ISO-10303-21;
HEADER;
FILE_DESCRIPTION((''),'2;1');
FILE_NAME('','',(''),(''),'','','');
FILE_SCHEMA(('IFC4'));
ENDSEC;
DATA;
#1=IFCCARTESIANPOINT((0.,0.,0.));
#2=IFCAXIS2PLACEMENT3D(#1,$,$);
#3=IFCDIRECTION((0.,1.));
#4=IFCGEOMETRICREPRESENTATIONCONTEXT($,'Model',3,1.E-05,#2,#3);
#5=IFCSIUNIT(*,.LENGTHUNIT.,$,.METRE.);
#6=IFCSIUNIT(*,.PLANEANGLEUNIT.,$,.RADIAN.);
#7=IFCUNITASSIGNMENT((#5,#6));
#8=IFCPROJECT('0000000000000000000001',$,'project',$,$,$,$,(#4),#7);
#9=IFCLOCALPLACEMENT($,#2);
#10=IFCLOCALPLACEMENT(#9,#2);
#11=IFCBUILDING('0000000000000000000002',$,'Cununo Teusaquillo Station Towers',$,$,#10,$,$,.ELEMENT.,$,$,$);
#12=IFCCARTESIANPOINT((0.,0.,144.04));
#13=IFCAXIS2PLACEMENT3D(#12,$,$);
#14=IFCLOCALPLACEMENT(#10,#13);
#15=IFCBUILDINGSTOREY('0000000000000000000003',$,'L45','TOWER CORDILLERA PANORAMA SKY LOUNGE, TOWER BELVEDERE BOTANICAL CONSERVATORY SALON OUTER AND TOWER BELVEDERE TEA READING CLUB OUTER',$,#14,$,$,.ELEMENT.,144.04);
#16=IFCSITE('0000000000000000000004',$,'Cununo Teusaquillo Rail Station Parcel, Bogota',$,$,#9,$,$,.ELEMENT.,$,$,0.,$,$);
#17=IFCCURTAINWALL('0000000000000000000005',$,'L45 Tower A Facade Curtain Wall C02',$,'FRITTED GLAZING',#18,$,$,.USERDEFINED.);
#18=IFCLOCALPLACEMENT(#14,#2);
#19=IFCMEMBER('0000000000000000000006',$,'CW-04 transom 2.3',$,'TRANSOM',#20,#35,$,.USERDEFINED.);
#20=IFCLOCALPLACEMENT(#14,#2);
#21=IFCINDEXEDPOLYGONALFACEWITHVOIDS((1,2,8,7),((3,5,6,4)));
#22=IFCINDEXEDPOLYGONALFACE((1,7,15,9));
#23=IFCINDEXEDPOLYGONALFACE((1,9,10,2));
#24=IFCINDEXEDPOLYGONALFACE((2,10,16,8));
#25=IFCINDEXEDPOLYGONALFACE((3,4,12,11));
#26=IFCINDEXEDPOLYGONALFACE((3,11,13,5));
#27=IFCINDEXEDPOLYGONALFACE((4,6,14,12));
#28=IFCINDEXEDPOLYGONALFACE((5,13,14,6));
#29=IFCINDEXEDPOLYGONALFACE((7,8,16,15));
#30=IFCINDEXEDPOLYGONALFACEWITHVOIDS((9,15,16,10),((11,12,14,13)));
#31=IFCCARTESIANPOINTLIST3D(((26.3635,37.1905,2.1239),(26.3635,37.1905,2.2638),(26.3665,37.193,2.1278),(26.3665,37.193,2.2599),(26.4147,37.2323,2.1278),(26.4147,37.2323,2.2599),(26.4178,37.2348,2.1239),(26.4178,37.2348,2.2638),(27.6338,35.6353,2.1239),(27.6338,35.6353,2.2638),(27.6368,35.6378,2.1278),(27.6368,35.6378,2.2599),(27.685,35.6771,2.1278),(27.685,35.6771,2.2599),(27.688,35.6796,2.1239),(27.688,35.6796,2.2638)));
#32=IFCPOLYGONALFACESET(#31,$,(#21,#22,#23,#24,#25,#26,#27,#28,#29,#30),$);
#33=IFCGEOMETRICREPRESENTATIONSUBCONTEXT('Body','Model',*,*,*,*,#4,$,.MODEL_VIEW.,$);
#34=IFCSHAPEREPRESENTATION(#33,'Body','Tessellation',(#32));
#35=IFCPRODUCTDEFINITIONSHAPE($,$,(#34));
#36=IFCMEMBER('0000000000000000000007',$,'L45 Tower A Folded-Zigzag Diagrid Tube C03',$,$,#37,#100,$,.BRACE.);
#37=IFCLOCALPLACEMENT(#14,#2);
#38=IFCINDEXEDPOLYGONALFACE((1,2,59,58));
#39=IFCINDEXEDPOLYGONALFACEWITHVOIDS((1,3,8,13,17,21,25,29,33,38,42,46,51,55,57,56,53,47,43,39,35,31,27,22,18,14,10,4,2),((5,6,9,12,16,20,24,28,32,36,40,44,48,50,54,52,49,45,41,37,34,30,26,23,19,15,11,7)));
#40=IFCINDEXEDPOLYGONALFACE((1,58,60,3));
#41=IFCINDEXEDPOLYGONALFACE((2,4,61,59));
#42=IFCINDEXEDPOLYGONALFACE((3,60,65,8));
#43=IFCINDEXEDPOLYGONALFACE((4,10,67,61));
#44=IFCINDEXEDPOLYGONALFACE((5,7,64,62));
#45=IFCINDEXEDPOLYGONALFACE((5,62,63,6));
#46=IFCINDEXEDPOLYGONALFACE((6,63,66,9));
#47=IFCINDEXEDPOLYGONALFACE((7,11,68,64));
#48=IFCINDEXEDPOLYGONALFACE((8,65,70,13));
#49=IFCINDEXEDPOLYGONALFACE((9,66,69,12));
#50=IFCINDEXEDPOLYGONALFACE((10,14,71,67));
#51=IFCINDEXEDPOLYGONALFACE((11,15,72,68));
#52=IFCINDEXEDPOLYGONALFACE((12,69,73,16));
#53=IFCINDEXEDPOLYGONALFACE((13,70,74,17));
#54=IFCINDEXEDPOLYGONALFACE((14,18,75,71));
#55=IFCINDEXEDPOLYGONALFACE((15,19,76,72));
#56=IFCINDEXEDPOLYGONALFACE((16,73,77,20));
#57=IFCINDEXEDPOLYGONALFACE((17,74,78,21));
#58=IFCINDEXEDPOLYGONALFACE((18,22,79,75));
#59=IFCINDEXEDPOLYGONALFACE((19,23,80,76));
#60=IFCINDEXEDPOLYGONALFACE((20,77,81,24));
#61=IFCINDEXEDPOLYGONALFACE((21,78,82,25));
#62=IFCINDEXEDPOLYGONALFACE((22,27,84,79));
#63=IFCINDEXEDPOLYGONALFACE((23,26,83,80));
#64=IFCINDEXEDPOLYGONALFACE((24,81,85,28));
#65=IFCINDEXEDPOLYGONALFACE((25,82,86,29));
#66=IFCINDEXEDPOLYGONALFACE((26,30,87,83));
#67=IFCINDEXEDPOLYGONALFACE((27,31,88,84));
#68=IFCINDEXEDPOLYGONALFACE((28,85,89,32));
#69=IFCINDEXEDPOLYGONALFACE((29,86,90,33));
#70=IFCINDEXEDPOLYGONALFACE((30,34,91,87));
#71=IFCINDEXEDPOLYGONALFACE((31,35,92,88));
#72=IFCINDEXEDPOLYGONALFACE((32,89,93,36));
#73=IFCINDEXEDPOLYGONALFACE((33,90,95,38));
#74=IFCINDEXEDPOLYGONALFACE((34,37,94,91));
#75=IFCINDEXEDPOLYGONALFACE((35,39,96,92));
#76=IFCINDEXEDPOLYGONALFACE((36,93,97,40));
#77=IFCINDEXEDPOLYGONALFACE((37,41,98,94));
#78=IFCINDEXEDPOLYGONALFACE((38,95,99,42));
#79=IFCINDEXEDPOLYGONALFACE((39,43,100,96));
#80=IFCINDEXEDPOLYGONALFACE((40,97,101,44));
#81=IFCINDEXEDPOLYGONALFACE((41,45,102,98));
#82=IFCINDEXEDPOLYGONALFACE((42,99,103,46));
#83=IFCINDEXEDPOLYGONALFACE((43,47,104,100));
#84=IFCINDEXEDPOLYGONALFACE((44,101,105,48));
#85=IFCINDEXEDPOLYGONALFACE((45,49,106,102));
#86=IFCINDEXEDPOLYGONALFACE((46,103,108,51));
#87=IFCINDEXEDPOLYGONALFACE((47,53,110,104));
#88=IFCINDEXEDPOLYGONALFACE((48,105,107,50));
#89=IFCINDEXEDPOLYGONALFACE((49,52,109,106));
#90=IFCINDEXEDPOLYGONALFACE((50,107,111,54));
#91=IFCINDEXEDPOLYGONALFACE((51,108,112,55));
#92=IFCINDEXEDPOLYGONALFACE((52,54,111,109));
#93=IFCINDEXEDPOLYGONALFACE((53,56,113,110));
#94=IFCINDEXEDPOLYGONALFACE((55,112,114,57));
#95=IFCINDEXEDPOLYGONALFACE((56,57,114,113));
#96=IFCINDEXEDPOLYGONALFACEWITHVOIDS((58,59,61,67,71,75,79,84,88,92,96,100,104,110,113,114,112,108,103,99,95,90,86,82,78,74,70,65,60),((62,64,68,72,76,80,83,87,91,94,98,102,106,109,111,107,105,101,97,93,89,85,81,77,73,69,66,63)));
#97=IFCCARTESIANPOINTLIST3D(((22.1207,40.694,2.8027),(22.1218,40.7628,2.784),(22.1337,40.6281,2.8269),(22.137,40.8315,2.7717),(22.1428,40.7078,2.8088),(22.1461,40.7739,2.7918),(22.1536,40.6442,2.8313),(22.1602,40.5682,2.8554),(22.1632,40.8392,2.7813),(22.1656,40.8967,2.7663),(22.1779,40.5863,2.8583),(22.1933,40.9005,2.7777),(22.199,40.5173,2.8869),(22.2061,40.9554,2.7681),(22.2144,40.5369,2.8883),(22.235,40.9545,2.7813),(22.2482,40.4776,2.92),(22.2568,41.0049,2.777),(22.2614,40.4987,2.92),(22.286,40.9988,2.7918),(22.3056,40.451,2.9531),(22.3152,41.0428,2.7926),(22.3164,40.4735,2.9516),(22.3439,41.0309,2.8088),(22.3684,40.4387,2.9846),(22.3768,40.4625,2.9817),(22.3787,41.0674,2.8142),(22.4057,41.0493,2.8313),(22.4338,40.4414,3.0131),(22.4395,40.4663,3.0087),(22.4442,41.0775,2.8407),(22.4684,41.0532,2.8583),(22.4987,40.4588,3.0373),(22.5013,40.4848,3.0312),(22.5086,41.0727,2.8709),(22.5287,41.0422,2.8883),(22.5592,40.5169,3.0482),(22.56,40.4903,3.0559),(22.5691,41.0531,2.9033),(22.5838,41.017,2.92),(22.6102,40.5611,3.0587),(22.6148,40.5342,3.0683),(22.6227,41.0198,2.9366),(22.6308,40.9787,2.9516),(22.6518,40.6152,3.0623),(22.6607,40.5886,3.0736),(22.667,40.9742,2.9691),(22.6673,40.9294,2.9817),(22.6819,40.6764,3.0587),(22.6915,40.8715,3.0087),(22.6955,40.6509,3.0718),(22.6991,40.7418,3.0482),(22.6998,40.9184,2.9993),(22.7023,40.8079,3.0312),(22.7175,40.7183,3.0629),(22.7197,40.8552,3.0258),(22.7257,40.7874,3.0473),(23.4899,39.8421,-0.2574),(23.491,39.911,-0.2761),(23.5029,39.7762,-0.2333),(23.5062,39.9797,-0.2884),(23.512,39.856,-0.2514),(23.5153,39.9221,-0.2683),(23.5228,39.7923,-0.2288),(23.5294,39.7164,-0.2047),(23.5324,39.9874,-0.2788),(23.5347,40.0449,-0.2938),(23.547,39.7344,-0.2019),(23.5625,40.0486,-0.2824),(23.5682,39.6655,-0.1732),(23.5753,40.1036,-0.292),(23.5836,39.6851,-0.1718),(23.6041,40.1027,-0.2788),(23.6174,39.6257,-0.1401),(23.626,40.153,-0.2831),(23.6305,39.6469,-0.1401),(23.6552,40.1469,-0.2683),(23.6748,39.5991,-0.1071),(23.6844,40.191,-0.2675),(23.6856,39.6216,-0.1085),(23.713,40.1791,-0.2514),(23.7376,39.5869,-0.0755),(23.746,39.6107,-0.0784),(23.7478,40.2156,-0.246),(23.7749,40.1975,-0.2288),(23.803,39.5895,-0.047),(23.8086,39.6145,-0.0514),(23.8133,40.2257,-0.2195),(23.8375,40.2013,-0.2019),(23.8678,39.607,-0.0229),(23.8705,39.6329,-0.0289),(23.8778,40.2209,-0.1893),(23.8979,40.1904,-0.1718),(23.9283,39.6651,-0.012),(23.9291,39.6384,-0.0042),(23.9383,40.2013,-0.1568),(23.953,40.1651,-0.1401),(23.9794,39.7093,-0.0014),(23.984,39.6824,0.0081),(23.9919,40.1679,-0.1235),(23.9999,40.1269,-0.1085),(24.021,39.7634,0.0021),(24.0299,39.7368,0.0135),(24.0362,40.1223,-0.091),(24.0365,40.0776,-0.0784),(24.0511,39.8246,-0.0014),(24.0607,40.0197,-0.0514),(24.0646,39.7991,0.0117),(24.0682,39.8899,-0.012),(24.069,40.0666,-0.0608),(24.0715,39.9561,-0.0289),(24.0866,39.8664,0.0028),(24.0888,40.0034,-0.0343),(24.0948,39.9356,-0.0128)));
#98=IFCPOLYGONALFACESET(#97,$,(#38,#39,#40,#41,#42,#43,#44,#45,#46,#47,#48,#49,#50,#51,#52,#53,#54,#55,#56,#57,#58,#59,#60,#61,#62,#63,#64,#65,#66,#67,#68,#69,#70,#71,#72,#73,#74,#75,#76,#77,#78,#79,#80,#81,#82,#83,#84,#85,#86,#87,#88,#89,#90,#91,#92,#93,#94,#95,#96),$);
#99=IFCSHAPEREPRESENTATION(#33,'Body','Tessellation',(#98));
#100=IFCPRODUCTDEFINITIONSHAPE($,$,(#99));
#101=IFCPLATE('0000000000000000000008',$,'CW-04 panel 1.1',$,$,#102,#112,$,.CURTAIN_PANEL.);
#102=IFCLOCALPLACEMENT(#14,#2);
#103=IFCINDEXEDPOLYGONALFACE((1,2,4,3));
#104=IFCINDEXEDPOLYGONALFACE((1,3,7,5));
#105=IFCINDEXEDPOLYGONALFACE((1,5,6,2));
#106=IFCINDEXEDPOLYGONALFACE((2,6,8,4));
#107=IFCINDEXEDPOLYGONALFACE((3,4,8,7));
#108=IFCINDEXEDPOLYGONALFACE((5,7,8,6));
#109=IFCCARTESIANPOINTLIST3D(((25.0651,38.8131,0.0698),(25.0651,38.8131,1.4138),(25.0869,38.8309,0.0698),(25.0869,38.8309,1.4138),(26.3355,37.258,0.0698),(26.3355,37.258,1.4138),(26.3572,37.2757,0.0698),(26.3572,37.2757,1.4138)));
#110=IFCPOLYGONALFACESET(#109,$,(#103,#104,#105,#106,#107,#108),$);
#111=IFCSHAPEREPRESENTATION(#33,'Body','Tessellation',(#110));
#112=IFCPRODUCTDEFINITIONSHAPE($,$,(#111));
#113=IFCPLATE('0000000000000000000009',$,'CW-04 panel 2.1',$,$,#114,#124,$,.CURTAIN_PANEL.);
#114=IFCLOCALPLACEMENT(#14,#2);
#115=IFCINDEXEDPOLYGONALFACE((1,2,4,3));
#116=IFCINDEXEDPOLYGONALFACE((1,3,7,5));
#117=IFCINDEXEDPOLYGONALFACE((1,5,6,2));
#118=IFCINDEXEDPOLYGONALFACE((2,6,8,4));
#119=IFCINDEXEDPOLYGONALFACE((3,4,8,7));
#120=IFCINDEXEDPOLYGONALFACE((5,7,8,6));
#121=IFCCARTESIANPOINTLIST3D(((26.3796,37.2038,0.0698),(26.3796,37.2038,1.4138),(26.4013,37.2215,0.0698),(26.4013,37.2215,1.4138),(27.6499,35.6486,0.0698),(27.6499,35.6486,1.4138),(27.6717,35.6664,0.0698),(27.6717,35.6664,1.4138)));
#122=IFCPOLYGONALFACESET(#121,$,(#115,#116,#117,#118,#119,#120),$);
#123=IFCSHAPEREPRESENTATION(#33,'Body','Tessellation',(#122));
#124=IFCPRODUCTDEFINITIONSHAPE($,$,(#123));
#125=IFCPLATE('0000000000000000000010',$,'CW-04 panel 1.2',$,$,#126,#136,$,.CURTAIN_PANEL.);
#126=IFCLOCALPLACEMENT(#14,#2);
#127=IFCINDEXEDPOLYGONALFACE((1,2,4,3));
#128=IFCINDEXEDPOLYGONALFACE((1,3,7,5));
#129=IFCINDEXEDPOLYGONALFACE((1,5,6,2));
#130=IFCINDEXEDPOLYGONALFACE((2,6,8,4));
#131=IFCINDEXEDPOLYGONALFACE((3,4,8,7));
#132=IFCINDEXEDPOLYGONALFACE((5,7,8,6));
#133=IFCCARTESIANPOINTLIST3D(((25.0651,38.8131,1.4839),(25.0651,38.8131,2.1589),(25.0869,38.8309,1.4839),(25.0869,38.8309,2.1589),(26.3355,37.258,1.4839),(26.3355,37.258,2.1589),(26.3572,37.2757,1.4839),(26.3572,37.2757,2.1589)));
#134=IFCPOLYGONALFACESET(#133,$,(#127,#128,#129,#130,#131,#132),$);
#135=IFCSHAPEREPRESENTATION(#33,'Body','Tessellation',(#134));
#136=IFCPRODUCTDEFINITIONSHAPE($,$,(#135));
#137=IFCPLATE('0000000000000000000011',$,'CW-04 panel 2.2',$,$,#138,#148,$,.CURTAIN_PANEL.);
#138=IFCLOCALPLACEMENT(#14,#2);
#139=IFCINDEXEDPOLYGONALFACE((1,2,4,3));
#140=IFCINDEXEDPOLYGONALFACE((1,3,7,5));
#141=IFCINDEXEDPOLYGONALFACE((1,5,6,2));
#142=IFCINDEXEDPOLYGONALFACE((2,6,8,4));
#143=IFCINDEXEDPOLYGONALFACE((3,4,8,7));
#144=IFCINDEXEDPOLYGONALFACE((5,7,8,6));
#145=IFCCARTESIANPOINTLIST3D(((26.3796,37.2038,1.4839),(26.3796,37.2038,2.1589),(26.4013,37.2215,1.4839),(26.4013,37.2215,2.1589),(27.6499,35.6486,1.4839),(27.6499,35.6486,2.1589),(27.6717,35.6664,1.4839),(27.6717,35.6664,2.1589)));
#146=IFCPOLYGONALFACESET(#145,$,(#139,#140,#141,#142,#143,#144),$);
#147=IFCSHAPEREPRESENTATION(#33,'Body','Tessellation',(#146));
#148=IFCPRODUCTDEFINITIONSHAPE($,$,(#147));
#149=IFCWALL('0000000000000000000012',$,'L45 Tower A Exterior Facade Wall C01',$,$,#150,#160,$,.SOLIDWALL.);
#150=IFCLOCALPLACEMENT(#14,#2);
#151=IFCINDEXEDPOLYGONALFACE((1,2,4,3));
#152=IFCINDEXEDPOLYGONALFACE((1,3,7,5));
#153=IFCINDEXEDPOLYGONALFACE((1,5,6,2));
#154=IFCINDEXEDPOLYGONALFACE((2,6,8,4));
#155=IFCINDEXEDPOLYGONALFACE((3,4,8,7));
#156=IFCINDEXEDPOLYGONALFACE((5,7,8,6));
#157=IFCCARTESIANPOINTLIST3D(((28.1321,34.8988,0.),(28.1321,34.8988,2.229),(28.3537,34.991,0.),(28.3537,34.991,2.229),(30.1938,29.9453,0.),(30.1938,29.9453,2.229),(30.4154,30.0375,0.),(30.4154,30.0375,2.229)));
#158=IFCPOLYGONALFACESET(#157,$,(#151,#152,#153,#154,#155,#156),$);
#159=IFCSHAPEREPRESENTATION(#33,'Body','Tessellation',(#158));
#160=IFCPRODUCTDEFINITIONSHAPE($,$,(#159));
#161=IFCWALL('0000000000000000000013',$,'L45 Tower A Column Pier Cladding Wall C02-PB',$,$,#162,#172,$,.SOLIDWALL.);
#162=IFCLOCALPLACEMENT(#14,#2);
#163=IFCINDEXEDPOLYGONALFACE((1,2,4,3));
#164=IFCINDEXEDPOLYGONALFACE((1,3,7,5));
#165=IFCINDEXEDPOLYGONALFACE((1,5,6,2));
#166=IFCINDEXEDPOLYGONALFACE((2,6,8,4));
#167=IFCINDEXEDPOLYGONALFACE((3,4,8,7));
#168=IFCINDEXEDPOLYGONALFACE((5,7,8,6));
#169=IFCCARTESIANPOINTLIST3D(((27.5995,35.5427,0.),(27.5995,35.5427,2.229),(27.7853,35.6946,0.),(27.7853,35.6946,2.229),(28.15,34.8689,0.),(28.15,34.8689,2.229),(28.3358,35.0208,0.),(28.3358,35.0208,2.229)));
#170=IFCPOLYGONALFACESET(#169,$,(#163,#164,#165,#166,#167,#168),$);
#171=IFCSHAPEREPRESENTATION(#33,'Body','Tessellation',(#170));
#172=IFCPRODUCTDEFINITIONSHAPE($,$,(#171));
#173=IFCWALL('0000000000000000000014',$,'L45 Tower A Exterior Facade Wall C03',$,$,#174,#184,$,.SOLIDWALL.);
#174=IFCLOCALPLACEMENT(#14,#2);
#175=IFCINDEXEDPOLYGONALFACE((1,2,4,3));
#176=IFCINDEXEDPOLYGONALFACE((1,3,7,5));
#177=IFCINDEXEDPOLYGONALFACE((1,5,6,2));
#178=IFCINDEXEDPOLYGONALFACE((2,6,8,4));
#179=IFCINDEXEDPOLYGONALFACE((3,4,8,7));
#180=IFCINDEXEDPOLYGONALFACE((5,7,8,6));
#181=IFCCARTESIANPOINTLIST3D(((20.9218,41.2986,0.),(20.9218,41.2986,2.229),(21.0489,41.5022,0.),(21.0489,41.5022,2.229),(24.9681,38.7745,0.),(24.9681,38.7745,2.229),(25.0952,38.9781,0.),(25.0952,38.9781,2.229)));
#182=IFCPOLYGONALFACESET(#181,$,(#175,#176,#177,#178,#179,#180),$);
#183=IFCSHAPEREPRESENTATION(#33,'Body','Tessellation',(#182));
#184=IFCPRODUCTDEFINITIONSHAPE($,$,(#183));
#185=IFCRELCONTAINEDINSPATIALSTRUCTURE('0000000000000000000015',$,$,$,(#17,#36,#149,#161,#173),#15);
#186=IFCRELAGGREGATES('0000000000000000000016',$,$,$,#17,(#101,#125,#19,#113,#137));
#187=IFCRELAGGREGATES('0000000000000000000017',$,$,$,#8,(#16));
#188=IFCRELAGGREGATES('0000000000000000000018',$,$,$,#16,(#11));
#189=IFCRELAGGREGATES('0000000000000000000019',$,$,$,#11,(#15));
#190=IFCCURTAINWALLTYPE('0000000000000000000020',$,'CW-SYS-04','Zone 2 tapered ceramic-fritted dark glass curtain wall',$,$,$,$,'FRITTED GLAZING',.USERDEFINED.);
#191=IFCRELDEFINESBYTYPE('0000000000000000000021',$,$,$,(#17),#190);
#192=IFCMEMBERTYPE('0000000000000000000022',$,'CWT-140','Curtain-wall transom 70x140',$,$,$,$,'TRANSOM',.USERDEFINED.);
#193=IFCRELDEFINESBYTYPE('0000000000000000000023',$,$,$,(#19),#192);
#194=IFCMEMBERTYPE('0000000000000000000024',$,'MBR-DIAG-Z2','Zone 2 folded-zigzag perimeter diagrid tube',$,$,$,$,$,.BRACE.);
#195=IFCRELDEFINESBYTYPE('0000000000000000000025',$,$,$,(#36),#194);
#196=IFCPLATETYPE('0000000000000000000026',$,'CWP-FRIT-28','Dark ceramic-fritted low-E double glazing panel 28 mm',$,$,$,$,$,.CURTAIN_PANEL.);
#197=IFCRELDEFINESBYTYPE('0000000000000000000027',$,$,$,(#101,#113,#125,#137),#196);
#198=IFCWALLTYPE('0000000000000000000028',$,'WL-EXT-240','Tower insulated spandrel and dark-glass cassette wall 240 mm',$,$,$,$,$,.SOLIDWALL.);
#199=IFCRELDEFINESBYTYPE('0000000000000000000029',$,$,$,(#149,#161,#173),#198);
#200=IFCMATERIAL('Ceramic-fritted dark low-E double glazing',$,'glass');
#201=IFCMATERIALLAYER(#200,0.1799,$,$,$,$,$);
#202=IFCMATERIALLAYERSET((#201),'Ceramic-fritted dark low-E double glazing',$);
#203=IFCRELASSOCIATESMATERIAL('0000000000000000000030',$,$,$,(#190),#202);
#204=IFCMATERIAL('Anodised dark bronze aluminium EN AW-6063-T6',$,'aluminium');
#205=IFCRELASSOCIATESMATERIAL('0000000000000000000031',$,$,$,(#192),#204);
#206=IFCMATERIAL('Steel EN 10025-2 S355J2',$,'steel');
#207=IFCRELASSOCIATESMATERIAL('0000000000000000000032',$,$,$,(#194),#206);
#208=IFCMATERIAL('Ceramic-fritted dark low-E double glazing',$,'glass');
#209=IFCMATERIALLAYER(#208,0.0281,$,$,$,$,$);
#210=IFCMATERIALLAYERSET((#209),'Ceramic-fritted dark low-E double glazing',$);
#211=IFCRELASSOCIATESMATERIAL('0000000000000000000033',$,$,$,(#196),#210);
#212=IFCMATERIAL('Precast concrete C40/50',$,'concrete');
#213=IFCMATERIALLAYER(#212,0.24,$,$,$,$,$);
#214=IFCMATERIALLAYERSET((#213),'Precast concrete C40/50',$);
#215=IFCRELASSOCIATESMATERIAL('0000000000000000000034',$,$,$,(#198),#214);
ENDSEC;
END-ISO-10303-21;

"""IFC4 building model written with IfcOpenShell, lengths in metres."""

from ifc_helpers import new_model, si_unit, direction, frame, frame_2d, origin, origin_2d, place, context, subcontext, project, spatial, rectangle, hollow_rectangle, hollow_circle, extrude, source, transform, mapped, material, layer, layer_set, material_profile, profile_set, type_object, element, aggregate, save


model = new_model("IFC4")

# Units and contexts
model_context = context("Model", 3, precision=1e-05, world=origin(), true_north=direction((0.0, 1.0)))
body_context = subcontext(model_context, "Body", "Model", "MODEL_VIEW")
ifc_project = project(units=[si_unit("LENGTHUNIT", "METRE"), si_unit("PLANEANGLEUNIT", "RADIAN")], contexts=[model_context])

# Site, building, storey
site_placement = place(None, origin())
site = spatial("IfcSite", under=ifc_project, at=site_placement, Name="Cununo Teusaquillo Rail Station Parcel, Bogota", CompositionType="ELEMENT", RefElevation=0.0)
building_placement = place(site_placement, origin())
building = spatial("IfcBuilding", under=site, at=building_placement, Name="Cununo Teusaquillo Station Towers", CompositionType="ELEMENT")
storey_placement = place(building_placement, frame((0.0, 0.0, 144.04)))
storey = spatial("IfcBuildingStorey", under=building, at=storey_placement, Name="L45", Description="TOWER CORDILLERA PANORAMA SKY LOUNGE, TOWER BELVEDERE BOTANICAL CONSERVATORY SALON OUTER AND TOWER BELVEDERE TEA READING CLUB OUTER", CompositionType="ELEMENT", Elevation=144.04)

# Curtain wall, member
ifc_material_1 = material(Name="Ceramic-fritted dark low-E double glazing", Category="glass")
ifc_layer_1 = layer(ifc_material_1, 0.1799)
ifc_layer_set_1 = layer_set([ifc_layer_1], Name="Ceramic-fritted dark low-E double glazing")
curtain_wall_type = type_object("IfcCurtainWallType", Name="CW-SYS-04", Description="Zone 2 tapered ceramic-fritted dark glass curtain wall", ElementType="FRITTED GLAZING", PredefinedType="USERDEFINED", material=ifc_layer_set_1)
curtain_wall_placement = place(storey_placement, origin())
curtain_wall = element("IfcCurtainWall", 1, at=curtain_wall_placement, inside=storey, type_object=curtain_wall_type, Name="L45 Tower A Facade Curtain Wall C02", ObjectType="FRITTED GLAZING", PredefinedType="USERDEFINED")
ifc_material_2 = material(Name="Anodised dark bronze aluminium EN AW-6063-T6", Category="aluminium")
ifc_material_profile_1 = material_profile(ifc_material_2, hollow_rectangle(XDim=0.0701, YDim=0.1399, WallThickness=0.0039, at=origin_2d()), Name="CW-TRAN-70x140")
ifc_profile_set_1 = profile_set([ifc_material_profile_1], Name="Anodised dark bronze aluminium EN AW-6063-T6")
member_type_1 = type_object("IfcMemberType", Name="CWT-140", Description="Curtain-wall transom 70x140", ElementType="TRANSOM", PredefinedType="USERDEFINED", material=ifc_profile_set_1)
member_1_placement = place(storey_placement, frame((26.3906, 37.2126, 2.1938), z_axis=(0.632595, -0.774482, 0.0), x_axis=(0.774482, 0.632595, 0.0)))
member_1 = element("IfcMember", 2, at=member_1_placement, type_object=member_type_1, Name="CW-04 transom 2.3", ObjectType="TRANSOM", PredefinedType="USERDEFINED", context=body_context, shape_type="SweptSolid", body=[
    extrude(hollow_rectangle(XDim=0.0701, YDim=0.1399, WallThickness=0.0039, at=origin_2d()), origin(), (0.0, 0.0, 1.0), 2.0081),
])

# Member
ifc_material_3 = material(Name="Steel EN 10025-2 S355J2", Category="steel")
ifc_material_profile_2 = material_profile(ifc_material_3, hollow_circle(Radius=0.3301, WallThickness=0.0249, at=origin_2d()), Name="CHS 660x25")
ifc_profile_set_2 = profile_set([ifc_material_profile_2], Name="Steel EN 10025-2 S355J2")
member_type_2 = type_object("IfcMemberType", Name="MBR-DIAG-Z2", Description="Zone 2 folded-zigzag perimeter diagrid tube", PredefinedType="BRACE", material=ifc_profile_set_2)
member_2_placement = place(storey_placement, frame((23.7917, 39.906, -0.1401), z_axis=(-0.39583, 0.246264, 0.884688), x_axis=(-0.528256, -0.849085, 0.0)))
element("IfcMember", 3, at=member_2_placement, inside=storey, type_object=member_type_2, Name="L45 Tower A Folded-Zigzag Diagrid Tube C03", PredefinedType="BRACE", context=body_context, shape_type="SweptSolid", body=[
    extrude(hollow_circle(Radius=0.3301, WallThickness=0.0249, at=origin_2d()), origin(), (0.0, 0.0, 1.0), 3.459),
])

# Plates
ifc_material_4 = material(Name="Ceramic-fritted dark low-E double glazing", Category="glass")
ifc_layer_2 = layer(ifc_material_4, 0.0281)
ifc_layer_set_2 = layer_set([ifc_layer_2], Name="Ceramic-fritted dark low-E double glazing")
plate_type = type_object("IfcPlateType", Name="CWP-FRIT-28", Description="Dark ceramic-fritted low-E double glazing panel 28 mm", PredefinedType="CURTAIN_PANEL", material=ifc_layer_set_2)
shared_shape_1 = source(origin(), body_context, "Body", "SweptSolid", [
    extrude(rectangle(XDim=2.0081, YDim=0.0281, at=origin_2d()), origin(), (0.0, 0.0, 1.0), 1.344),
])
plate_1_placement = place(storey_placement, frame((25.7112, 38.0444, 0.0698), z_axis=(0.0, 0.0, 1.0), x_axis=(0.632613, -0.774468, 0.0)))
plate_1 = element("IfcPlate", 4, at=plate_1_placement, type_object=plate_type, Name="CW-04 panel 1.1", PredefinedType="CURTAIN_PANEL", context=body_context, shape_type="MappedRepresentation", body=[
    mapped(shared_shape_1, transform((0.0, 0.0, 0.0), x_axis=(1.0, 0.0, 0.0), y_axis=(0.0, 1.0, 0.0), z_axis=(0.0, 0.0, 1.0), scale=1.0)),
])
plate_2_placement = place(storey_placement, frame((27.0256, 36.4351, 0.0698), z_axis=(0.0, 0.0, 1.0), x_axis=(0.632613, -0.774468, 0.0)))
plate_2 = element("IfcPlate", 5, at=plate_2_placement, type_object=plate_type, Name="CW-04 panel 2.1", PredefinedType="CURTAIN_PANEL", context=body_context, shape_type="MappedRepresentation", body=[
    mapped(shared_shape_1, transform((0.0, 0.0, 0.0), x_axis=(1.0, 0.0, 0.0), y_axis=(0.0, 1.0, 0.0), z_axis=(0.0, 0.0, 1.0), scale=1.0)),
])
shared_shape_2 = source(origin(), body_context, "Body", "SweptSolid", [
    extrude(rectangle(XDim=2.0081, YDim=0.0281, at=origin_2d()), origin(), (0.0, 0.0, 1.0), 0.675),
])
plate_3_placement = place(storey_placement, frame((25.7112, 38.0444, 1.4839), z_axis=(0.0, 0.0, 1.0), x_axis=(0.632613, -0.774468, 0.0)))
plate_3 = element("IfcPlate", 6, at=plate_3_placement, type_object=plate_type, Name="CW-04 panel 1.2", PredefinedType="CURTAIN_PANEL", context=body_context, shape_type="MappedRepresentation", body=[
    mapped(shared_shape_2, transform((0.0, 0.0, 0.0), x_axis=(1.0, 0.0, 0.0), y_axis=(0.0, 1.0, 0.0), z_axis=(0.0, 0.0, 1.0), scale=1.0)),
])
plate_4_placement = place(storey_placement, frame((27.0256, 36.4351, 1.4839), z_axis=(0.0, 0.0, 1.0), x_axis=(0.632613, -0.774468, 0.0)))
plate_4 = element("IfcPlate", 7, at=plate_4_placement, type_object=plate_type, Name="CW-04 panel 2.2", PredefinedType="CURTAIN_PANEL", context=body_context, shape_type="MappedRepresentation", body=[
    mapped(shared_shape_2, transform((0.0, 0.0, 0.0), x_axis=(1.0, 0.0, 0.0), y_axis=(0.0, 1.0, 0.0), z_axis=(0.0, 0.0, 1.0), scale=1.0)),
])
aggregate(curtain_wall, [plate_1, plate_3, member_1, plate_2, plate_4])

# Walls
ifc_material_5 = material(Name="Precast concrete C40/50", Category="concrete")
ifc_layer_3 = layer(ifc_material_5, 0.24)
ifc_layer_set_3 = layer_set([ifc_layer_3], Name="Precast concrete C40/50")
wall_type_1 = type_object("IfcWallType", Name="WL-EXT-240", Description="Tower insulated spandrel and dark-glass cassette wall 240 mm", PredefinedType="SOLIDWALL", material=ifc_layer_set_3)
wall_1_placement = place(storey_placement, frame((28.2429, 34.9448, 0.0), z_axis=(0.0, 0.0, 1.0), x_axis=(0.38426, -0.923225, 0.0)))
element("IfcWall", 8, at=wall_1_placement, inside=storey, type_object=wall_type_1, Name="L45 Tower A Exterior Facade Wall C01", PredefinedType="SOLIDWALL", context=body_context, shape_type="SweptSolid", body=[
    extrude(rectangle(XDim=5.3655, YDim=0.24, at=frame_2d((2.6826, 0.0))), origin(), (0.0, 0.0, 1.0), 2.229),
])
wall_2_placement = place(storey_placement, frame((27.6924, 35.6187, 0.0), z_axis=(0.0, 0.0, 1.0), x_axis=(0.632703, -0.774395, 0.0)))
element("IfcWall", 9, at=wall_2_placement, inside=storey, type_object=wall_type_1, Name="L45 Tower A Column Pier Cladding Wall C02-PB", PredefinedType="SOLIDWALL", context=body_context, shape_type="SweptSolid", body=[
    extrude(rectangle(XDim=0.8701, YDim=0.24, at=frame_2d((0.4351, 0.0))), origin(), (0.0, 0.0, 1.0), 2.229),
])
wall_3_placement = place(storey_placement, frame((20.9854, 41.4004, 0.0), z_axis=(0.0, 0.0, 1.0), x_axis=(0.848452, -0.529272, 0.0)))
element("IfcWall", 10, at=wall_3_placement, inside=storey, type_object=wall_type_1, Name="L45 Tower A Exterior Facade Wall C03", PredefinedType="SOLIDWALL", context=body_context, shape_type="SweptSolid", body=[
    extrude(rectangle(XDim=4.769, YDim=0.24, at=frame_2d((2.3845, 0.0))), origin(), (0.0, 0.0, 1.0), 2.229),
])

save(model, "model.ifc")
